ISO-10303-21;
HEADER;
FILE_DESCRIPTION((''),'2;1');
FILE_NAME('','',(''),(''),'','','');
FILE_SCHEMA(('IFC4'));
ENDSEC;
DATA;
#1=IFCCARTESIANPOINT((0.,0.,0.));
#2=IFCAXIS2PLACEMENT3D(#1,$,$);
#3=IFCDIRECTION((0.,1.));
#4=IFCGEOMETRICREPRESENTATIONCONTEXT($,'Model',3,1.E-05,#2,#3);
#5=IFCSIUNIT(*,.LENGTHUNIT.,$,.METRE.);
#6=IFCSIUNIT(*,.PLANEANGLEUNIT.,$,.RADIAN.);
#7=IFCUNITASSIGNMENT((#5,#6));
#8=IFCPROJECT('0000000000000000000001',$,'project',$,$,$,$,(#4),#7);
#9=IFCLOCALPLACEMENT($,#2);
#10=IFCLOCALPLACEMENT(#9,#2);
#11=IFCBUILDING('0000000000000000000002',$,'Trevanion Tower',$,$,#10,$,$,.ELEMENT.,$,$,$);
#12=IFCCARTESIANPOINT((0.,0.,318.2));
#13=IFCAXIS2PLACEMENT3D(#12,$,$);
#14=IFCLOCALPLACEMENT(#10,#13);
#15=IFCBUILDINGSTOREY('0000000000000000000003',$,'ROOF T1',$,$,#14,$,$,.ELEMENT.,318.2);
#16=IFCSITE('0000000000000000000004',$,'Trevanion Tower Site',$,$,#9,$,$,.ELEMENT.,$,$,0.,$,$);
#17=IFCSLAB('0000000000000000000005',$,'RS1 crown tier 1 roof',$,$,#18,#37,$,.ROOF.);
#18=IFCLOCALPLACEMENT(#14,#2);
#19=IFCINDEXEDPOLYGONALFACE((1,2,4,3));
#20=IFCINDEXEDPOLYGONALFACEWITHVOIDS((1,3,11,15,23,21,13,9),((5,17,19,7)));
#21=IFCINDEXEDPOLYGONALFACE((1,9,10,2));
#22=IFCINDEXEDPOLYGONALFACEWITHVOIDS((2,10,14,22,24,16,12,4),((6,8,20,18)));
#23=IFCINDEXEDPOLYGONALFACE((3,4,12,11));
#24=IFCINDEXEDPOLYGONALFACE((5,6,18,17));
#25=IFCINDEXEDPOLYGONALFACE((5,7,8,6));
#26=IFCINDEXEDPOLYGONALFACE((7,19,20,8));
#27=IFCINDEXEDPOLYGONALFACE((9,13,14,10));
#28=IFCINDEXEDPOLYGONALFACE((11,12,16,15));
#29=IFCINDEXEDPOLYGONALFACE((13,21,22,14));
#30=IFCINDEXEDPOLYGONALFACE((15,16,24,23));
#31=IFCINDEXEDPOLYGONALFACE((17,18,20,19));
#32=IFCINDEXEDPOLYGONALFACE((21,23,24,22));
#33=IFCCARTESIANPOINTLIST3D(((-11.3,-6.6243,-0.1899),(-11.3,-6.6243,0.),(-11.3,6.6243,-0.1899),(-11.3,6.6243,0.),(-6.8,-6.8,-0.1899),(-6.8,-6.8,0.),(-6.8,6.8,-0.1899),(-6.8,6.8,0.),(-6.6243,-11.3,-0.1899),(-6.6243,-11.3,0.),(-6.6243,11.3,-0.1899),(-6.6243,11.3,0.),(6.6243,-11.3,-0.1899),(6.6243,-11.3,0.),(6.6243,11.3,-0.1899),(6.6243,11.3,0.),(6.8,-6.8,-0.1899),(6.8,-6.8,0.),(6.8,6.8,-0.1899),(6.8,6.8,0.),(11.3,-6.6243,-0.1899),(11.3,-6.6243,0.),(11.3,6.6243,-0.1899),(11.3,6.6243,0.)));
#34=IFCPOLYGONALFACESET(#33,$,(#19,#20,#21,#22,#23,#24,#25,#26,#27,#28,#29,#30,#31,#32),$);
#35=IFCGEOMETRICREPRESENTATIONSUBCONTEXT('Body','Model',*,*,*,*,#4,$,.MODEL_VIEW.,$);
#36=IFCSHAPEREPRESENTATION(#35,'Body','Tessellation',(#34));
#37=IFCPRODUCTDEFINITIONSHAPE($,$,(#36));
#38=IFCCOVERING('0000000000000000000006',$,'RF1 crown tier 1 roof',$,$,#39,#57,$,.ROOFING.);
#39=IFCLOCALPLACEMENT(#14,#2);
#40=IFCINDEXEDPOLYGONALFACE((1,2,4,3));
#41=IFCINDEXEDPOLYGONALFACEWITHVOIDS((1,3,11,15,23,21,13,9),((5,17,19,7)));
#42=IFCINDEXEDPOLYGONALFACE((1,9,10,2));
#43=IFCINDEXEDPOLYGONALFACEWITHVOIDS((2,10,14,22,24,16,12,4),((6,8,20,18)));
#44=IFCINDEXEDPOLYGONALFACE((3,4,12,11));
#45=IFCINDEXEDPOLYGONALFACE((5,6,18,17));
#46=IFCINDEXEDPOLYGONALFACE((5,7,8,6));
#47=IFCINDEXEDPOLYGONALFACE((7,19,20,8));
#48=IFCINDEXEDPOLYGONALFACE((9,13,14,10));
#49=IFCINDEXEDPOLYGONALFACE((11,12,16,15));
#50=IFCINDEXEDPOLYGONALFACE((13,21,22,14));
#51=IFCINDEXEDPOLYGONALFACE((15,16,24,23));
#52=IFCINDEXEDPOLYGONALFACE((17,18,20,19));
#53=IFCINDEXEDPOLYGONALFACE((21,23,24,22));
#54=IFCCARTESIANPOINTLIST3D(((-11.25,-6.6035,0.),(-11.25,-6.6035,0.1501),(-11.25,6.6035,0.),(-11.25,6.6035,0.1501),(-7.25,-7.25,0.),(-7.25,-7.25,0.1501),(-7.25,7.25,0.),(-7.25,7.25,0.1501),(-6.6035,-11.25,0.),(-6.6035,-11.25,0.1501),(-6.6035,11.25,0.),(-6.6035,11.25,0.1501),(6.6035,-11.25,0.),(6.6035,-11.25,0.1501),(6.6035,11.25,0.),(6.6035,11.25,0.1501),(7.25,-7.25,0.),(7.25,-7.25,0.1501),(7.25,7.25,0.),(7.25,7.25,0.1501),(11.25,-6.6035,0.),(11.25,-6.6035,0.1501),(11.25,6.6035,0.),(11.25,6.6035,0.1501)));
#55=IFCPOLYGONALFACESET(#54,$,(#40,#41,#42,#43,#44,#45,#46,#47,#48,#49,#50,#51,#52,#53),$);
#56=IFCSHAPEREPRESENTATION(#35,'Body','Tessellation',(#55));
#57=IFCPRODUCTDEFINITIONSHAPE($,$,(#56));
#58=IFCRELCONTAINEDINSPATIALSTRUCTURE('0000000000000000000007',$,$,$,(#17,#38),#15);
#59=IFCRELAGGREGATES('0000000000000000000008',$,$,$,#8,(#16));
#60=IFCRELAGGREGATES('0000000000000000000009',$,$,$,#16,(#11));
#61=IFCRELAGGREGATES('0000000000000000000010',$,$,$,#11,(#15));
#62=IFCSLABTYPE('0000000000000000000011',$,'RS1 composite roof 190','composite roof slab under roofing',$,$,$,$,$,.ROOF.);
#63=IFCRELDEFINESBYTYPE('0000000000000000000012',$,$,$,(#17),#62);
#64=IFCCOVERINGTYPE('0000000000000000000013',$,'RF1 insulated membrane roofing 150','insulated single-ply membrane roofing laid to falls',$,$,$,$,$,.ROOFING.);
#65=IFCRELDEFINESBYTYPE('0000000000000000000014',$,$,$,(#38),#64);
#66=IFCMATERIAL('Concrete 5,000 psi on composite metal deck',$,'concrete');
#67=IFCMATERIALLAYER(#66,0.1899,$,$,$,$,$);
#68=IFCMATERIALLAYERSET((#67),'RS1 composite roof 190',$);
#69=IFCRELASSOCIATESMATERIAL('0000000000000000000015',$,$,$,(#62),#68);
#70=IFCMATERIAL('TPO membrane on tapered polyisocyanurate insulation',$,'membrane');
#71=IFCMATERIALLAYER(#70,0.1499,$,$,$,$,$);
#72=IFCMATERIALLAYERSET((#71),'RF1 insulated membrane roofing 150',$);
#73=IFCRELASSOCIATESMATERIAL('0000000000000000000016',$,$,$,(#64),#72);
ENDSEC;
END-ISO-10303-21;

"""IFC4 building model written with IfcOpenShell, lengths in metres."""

from ifc_helpers import new_model, si_unit, direction, frame, origin, place, context, subcontext, project, spatial, polyline, outline, extrude, material, layer, layer_set, type_object, element, save


model = new_model("IFC4")

# Units and contexts
model_context = context("Model", 3, precision=1e-05, world=origin(), true_north=direction((0.0, 1.0)))
body_context = subcontext(model_context, "Body", "Model", "MODEL_VIEW")
ifc_project = project(units=[si_unit("LENGTHUNIT", "METRE"), si_unit("PLANEANGLEUNIT", "RADIAN")], contexts=[model_context])

# Site, building, storey
site_placement = place(None, origin())
site = spatial("IfcSite", under=ifc_project, at=site_placement, Name="Trevanion Tower Site", CompositionType="ELEMENT", RefElevation=0.0)
building_placement = place(site_placement, origin())
building = spatial("IfcBuilding", under=site, at=building_placement, Name="Trevanion Tower", CompositionType="ELEMENT")
storey_placement = place(building_placement, frame((0.0, 0.0, 318.2)))
storey = spatial("IfcBuildingStorey", under=building, at=storey_placement, Name="ROOF T1", CompositionType="ELEMENT", Elevation=318.2)

# Slab
ifc_material_1 = material(Name="Concrete 5,000 psi on composite metal deck", Category="concrete")
ifc_layer_1 = layer(ifc_material_1, 0.1899)
ifc_layer_set_1 = layer_set([ifc_layer_1], Name="RS1 composite roof 190")
slab_type = type_object("IfcSlabType", Name="RS1 composite roof 190", Description="composite roof slab under roofing", PredefinedType="ROOF", material=ifc_layer_set_1)
slab_placement = place(storey_placement, frame((0.0, 0.0, -0.1899)))
element("IfcSlab", 1, at=slab_placement, inside=storey, type_object=slab_type, Name="RS1 crown tier 1 roof", PredefinedType="ROOF", context=body_context, shape_type="SweptSolid", body=[
    extrude(outline(polyline([(11.3, -6.6243), (11.3, 6.6243), (6.6243, 11.3), (-6.6243, 11.3), (-11.3, 6.6243), (-11.3, -6.6243), (-6.6243, -11.3), (6.6243, -11.3), (11.3, -6.6243)]), holes=[polyline([(-6.8, -6.8), (-6.8, 6.8), (6.8, 6.8), (6.8, -6.8), (-6.8, -6.8)])]), origin(), (0.0, 0.0, 1.0), 0.1899),
])

# Covering
ifc_material_2 = material(Name="TPO membrane on tapered polyisocyanurate insulation", Category="membrane")
ifc_layer_2 = layer(ifc_material_2, 0.1499)
ifc_layer_set_2 = layer_set([ifc_layer_2], Name="RF1 insulated membrane roofing 150")
covering_type = type_object("IfcCoveringType", Name="RF1 insulated membrane roofing 150", Description="insulated single-ply membrane roofing laid to falls", PredefinedType="ROOFING", material=ifc_layer_set_2)
covering_placement = place(storey_placement, origin())
element("IfcCovering", 2, at=covering_placement, inside=storey, type_object=covering_type, Name="RF1 crown tier 1 roof", PredefinedType="ROOFING", context=body_context, shape_type="SweptSolid", body=[
    extrude(outline(polyline([(6.6035, -11.25), (-6.6035, -11.25), (-11.25, -6.6035), (-11.25, 6.6035), (-6.6035, 11.25), (6.6035, 11.25), (11.25, 6.6035), (11.25, -6.6035), (6.6035, -11.25)]), holes=[polyline([(7.25, 7.25), (-7.25, 7.25), (-7.25, -7.25), (7.25, -7.25), (7.25, 7.25)])]), origin(), (0.0, 0.0, 1.0), 0.1501),
])

save(model, "model.ifc")
